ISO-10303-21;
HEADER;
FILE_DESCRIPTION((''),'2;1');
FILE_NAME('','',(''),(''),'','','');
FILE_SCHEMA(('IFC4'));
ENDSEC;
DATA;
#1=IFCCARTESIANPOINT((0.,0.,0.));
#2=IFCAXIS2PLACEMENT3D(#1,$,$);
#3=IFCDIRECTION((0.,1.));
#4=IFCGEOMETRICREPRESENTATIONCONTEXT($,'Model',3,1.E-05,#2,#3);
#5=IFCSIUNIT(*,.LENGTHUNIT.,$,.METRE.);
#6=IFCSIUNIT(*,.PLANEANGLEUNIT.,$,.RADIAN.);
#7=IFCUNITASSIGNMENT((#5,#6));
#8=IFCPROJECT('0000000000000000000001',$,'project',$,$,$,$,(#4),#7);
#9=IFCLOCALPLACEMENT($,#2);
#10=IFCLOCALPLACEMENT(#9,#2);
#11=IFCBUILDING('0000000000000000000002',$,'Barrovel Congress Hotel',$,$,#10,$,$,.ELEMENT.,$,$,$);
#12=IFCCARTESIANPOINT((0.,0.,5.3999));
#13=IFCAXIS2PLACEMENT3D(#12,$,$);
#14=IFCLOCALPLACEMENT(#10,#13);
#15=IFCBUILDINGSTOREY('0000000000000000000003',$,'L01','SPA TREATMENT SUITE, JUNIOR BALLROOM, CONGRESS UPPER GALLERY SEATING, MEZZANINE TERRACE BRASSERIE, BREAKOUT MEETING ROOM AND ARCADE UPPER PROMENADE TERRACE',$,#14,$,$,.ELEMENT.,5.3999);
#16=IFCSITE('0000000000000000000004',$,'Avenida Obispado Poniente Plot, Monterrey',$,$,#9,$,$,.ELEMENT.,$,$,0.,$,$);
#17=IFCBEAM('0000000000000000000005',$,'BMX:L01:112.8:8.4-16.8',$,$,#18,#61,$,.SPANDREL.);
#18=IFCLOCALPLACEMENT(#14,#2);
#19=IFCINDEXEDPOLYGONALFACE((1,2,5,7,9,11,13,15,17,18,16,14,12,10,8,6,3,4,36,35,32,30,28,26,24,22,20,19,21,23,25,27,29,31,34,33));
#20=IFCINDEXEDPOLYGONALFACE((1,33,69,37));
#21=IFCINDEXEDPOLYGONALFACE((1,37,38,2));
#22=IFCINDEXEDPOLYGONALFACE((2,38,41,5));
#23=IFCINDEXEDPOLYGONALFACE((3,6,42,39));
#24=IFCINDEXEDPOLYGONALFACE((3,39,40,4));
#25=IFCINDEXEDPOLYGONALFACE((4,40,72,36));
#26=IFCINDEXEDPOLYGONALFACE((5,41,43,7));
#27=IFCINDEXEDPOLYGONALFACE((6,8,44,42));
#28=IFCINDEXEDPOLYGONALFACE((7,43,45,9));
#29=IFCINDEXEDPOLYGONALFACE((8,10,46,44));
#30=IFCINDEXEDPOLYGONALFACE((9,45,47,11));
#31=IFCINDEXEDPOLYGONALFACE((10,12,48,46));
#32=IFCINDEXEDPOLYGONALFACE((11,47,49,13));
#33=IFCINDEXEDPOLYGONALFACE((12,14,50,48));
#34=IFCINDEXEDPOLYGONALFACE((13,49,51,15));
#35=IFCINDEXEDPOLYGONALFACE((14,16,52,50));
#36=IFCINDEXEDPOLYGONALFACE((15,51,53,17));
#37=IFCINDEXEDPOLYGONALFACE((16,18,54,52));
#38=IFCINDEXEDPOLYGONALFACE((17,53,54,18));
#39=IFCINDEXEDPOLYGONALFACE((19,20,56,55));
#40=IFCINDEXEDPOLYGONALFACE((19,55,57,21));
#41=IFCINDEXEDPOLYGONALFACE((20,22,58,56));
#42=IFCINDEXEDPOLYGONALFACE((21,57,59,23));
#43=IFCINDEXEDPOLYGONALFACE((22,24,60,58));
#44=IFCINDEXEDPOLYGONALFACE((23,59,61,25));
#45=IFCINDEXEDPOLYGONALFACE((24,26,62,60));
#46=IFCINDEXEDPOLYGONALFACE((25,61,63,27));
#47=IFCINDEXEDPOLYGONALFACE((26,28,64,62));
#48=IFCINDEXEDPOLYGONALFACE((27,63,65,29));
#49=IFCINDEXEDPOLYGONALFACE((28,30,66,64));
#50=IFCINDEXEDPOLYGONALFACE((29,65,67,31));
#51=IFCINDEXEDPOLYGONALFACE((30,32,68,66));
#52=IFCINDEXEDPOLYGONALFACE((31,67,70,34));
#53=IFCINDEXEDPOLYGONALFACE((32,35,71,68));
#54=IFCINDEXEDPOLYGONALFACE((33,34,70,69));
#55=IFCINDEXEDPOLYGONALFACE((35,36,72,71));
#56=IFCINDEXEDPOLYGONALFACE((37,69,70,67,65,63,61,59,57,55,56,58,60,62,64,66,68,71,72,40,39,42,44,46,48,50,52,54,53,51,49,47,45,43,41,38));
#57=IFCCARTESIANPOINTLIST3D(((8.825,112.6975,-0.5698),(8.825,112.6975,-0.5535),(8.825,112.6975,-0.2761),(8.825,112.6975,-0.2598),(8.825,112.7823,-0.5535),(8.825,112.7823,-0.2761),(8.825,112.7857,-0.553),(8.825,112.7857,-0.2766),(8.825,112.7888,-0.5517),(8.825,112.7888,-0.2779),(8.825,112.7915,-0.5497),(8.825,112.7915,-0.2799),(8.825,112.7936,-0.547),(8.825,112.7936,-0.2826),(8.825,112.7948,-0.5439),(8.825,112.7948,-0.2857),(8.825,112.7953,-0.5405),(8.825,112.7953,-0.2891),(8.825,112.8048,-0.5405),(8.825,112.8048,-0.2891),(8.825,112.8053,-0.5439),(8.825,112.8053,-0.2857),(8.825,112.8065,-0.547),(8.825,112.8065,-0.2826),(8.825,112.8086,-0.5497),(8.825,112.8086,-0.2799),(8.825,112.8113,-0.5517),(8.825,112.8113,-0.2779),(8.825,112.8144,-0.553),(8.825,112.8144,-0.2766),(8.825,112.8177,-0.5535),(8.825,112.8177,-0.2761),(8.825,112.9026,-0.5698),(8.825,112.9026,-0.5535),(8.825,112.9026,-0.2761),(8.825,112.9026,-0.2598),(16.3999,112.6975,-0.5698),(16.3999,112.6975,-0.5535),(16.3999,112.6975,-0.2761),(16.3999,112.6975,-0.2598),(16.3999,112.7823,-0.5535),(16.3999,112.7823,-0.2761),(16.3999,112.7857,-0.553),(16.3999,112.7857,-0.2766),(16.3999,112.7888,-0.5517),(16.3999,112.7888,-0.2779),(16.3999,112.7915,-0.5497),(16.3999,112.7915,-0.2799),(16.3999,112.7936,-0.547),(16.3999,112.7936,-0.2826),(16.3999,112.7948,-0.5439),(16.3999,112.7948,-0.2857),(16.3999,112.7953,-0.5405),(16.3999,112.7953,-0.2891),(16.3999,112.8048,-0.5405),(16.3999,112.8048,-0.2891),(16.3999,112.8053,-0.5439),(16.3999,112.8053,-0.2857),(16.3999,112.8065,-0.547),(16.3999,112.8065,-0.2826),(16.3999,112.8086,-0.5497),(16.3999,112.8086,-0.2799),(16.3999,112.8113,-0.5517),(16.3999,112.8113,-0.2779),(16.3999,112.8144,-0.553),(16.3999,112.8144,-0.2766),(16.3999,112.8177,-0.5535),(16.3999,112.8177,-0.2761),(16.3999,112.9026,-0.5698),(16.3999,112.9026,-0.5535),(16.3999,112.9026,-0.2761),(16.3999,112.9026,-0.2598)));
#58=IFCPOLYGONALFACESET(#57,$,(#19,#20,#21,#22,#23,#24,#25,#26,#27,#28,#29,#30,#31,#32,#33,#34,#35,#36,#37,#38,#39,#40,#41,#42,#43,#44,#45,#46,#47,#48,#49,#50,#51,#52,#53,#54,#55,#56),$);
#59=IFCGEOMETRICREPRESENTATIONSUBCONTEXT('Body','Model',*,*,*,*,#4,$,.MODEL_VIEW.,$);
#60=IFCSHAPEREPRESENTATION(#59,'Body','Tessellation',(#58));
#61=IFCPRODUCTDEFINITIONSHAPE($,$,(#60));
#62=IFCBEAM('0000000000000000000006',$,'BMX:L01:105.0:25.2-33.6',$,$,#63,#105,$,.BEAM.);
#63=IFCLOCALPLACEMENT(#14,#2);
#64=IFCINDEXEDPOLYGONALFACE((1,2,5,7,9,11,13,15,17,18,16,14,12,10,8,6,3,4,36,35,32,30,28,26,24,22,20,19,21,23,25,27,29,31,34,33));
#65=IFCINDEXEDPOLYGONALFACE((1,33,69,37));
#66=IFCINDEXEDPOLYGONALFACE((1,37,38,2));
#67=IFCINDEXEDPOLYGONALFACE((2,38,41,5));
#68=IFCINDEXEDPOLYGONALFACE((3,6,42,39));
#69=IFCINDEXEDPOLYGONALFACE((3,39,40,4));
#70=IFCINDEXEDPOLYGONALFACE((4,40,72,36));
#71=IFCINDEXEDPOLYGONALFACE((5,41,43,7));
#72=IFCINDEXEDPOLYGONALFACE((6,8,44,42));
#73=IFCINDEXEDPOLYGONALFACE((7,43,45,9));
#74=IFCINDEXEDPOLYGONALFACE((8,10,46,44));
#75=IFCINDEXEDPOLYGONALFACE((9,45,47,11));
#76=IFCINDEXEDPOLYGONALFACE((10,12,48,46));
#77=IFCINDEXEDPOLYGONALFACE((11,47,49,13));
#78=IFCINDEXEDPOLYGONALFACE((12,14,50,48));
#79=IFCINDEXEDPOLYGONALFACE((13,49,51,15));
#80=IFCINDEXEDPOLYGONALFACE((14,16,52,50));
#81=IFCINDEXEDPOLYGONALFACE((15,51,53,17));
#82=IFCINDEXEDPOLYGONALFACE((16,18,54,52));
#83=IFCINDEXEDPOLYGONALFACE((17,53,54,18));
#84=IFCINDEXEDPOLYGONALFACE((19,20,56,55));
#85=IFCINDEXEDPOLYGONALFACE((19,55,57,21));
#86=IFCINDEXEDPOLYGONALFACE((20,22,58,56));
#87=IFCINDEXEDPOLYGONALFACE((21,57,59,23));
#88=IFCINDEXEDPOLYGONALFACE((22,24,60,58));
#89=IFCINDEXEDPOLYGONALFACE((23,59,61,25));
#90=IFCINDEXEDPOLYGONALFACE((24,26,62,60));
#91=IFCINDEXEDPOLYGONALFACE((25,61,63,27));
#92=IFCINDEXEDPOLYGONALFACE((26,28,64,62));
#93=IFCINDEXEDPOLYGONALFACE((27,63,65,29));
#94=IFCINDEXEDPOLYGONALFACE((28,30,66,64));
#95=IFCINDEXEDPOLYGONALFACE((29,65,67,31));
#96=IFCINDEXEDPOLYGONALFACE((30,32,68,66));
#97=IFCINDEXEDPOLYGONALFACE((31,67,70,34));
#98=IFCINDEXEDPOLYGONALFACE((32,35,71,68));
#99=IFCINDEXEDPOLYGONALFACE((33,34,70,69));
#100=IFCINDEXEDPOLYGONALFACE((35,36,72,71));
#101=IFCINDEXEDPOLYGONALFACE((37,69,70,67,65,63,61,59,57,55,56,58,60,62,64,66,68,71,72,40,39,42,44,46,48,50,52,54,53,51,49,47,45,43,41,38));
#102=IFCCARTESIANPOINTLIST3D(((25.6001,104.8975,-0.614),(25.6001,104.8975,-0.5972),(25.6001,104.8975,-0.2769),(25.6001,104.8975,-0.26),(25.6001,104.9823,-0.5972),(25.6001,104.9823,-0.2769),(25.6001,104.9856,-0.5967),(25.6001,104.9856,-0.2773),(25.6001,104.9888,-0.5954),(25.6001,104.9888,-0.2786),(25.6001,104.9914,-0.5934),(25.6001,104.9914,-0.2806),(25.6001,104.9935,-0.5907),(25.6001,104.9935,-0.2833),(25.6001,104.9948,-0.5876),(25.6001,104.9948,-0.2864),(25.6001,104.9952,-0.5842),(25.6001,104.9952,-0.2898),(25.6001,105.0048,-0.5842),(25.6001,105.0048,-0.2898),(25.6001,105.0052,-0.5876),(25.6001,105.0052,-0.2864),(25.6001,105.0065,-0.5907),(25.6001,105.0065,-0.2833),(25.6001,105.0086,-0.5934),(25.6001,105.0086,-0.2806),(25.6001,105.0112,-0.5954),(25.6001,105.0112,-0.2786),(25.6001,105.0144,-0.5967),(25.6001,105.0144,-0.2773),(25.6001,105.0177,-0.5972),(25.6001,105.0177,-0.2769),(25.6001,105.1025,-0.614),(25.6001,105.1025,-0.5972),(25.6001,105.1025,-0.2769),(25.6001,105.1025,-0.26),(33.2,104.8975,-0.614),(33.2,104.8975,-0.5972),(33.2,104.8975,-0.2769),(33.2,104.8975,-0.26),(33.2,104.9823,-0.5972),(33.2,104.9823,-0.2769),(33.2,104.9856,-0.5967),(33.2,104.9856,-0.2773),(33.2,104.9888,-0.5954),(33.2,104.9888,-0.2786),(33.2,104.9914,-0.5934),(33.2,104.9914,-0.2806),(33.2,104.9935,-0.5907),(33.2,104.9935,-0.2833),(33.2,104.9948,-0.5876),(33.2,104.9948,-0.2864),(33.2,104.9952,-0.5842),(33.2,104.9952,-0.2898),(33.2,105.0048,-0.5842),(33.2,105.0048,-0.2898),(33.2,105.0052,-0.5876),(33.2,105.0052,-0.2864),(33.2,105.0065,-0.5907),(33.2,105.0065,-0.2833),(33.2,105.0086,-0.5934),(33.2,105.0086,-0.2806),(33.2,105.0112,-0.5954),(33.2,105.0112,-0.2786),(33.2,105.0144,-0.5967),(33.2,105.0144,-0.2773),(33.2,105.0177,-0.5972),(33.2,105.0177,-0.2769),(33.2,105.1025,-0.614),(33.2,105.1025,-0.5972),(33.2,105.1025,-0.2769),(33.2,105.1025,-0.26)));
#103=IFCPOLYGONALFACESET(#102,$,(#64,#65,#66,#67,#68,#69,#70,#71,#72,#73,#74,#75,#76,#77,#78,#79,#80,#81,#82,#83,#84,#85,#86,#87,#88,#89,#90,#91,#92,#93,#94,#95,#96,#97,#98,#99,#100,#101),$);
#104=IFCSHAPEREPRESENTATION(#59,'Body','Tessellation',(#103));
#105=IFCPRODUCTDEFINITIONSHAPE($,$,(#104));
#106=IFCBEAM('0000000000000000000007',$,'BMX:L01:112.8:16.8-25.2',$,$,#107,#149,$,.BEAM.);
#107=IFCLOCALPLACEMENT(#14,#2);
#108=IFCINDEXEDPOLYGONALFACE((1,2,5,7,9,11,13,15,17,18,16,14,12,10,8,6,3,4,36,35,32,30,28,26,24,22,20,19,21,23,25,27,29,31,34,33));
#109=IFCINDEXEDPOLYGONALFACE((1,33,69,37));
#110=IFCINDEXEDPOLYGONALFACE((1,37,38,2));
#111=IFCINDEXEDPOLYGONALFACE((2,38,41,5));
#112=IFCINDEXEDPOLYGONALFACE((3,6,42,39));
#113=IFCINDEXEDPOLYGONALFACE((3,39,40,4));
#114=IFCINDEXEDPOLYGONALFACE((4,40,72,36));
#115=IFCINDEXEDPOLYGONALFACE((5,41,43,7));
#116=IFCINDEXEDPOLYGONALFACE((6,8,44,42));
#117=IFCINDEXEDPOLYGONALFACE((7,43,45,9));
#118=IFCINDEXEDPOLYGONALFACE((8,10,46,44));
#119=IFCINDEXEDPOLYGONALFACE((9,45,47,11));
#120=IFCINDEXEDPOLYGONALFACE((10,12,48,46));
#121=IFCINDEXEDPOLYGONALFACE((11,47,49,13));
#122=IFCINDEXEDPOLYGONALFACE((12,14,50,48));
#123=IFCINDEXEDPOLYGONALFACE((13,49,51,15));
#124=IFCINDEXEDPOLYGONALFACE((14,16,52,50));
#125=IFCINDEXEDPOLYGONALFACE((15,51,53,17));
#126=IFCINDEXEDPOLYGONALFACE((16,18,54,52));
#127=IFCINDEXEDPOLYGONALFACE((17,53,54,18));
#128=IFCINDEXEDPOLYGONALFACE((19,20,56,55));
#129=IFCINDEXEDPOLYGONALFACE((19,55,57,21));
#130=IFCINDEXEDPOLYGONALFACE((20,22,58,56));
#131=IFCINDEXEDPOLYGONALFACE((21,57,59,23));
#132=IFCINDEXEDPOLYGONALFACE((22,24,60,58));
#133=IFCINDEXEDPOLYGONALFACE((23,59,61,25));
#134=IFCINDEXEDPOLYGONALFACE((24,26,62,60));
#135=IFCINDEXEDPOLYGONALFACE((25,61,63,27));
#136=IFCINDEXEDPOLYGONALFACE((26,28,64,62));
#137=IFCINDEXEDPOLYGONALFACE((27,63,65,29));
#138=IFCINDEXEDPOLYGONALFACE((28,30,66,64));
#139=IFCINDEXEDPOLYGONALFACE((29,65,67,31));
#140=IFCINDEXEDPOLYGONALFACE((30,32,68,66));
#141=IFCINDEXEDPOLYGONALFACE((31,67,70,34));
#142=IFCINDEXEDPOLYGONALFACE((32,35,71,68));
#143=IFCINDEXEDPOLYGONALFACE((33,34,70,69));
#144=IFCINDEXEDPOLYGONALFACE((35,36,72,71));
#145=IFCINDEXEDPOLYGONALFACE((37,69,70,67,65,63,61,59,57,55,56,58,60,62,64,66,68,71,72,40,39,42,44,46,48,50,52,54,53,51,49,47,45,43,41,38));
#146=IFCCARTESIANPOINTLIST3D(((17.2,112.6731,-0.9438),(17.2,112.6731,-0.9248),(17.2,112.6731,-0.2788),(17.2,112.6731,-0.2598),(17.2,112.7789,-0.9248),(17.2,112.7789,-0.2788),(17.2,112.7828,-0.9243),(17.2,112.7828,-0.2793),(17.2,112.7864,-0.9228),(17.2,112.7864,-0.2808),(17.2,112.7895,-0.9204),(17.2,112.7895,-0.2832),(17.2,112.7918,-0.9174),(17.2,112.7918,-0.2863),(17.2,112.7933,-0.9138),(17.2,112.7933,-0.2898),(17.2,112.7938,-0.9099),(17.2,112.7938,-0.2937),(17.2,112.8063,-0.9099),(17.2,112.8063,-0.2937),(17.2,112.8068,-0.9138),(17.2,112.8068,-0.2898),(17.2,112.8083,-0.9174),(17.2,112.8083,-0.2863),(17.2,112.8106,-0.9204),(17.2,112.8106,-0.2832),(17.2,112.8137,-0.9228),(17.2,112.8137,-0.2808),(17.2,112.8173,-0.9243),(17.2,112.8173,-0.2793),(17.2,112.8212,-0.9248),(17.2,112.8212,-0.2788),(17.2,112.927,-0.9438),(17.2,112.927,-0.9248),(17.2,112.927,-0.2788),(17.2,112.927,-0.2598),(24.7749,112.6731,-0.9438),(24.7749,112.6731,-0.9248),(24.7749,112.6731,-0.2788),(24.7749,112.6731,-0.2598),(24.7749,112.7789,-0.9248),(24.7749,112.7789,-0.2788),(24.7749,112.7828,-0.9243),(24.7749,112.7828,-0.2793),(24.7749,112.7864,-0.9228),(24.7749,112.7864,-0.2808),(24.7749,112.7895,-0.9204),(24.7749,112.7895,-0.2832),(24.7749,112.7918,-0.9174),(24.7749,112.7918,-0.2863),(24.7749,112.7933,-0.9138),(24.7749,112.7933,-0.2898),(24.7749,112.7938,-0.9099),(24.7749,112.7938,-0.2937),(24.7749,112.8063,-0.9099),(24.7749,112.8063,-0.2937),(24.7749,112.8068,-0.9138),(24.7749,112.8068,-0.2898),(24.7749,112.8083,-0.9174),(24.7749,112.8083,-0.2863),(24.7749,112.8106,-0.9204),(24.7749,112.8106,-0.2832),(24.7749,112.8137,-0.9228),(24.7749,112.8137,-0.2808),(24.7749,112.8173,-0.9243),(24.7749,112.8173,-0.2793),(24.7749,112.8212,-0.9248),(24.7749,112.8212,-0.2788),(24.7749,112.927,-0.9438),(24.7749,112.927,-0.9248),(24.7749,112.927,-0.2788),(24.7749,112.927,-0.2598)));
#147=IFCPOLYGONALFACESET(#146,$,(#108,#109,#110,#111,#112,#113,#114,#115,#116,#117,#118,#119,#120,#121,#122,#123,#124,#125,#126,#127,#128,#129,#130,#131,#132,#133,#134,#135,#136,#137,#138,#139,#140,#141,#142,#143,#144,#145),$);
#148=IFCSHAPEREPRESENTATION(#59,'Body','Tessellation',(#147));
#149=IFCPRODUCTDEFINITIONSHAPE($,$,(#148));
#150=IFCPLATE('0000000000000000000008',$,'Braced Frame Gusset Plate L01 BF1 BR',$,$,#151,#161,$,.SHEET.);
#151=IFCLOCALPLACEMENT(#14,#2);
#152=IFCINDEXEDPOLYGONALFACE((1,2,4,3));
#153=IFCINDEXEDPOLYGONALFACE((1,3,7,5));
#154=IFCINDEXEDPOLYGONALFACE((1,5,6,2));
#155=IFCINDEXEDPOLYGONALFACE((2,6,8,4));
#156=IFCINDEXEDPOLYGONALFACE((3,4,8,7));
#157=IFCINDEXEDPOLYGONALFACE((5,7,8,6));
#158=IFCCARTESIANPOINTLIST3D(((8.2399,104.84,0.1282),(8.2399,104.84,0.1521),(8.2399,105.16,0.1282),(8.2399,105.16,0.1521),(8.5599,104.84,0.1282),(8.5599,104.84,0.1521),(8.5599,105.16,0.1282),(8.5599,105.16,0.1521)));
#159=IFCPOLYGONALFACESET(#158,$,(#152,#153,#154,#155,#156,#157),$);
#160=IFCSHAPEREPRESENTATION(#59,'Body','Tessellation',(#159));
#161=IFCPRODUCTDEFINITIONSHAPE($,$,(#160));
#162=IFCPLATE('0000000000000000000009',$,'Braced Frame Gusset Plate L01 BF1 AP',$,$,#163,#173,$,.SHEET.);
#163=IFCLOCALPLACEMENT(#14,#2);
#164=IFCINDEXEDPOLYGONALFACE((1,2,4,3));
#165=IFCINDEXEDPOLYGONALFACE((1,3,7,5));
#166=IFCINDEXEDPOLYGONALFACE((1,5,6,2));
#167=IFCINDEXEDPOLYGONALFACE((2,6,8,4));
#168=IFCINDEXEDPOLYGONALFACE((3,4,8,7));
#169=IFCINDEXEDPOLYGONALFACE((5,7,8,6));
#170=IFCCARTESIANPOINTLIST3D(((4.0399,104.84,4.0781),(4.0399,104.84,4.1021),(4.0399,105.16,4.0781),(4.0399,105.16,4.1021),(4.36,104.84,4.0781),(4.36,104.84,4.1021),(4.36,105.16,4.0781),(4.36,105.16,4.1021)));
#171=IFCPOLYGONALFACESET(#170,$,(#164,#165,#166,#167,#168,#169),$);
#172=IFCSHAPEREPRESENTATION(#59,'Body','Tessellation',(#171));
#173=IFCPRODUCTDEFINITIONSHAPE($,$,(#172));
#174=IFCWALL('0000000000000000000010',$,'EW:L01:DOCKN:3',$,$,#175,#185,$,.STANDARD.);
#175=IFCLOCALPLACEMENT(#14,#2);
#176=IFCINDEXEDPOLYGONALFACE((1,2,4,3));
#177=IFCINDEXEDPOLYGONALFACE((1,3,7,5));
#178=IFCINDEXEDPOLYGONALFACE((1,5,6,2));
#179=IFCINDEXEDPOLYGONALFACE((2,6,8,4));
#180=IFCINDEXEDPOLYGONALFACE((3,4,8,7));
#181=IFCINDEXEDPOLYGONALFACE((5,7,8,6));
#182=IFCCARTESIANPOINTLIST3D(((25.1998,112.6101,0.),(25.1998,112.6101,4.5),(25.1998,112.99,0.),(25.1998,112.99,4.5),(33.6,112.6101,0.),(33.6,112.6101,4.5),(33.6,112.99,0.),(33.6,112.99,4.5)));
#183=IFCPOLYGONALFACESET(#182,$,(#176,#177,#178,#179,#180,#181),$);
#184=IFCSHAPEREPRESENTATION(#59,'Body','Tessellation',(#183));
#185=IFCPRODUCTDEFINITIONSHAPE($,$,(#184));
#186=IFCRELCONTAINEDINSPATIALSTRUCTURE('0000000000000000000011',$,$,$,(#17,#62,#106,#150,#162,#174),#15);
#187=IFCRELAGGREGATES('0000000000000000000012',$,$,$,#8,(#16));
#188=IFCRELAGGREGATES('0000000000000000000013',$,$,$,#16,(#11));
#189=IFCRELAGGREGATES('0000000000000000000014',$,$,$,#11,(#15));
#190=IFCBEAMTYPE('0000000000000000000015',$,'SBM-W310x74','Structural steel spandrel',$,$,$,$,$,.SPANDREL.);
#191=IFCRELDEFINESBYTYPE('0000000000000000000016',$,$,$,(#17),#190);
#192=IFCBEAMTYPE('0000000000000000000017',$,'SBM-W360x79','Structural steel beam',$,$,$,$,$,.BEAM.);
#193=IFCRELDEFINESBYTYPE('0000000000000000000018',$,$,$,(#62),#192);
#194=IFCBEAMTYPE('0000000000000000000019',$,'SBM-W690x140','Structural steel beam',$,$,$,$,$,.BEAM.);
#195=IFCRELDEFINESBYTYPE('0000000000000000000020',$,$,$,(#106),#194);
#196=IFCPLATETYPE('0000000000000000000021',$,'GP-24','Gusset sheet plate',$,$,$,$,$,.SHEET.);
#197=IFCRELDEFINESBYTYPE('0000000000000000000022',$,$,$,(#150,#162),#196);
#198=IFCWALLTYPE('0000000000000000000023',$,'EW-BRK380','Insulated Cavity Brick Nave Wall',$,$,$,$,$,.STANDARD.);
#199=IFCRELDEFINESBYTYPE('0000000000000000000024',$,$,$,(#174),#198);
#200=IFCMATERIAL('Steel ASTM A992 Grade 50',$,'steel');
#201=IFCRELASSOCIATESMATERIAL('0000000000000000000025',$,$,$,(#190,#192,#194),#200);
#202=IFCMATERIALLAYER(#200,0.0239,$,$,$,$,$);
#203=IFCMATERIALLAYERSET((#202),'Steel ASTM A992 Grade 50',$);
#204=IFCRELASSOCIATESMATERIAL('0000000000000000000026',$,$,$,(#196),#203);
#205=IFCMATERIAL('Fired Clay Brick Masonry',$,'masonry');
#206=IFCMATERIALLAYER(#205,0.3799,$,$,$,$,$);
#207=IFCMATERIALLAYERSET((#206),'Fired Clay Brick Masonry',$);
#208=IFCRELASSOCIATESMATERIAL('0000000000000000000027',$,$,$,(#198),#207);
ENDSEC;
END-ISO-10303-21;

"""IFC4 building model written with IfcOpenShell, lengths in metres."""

from ifc_helpers import new_model, si_unit, direction, frame, frame_2d, origin, origin_2d, place, context, subcontext, project, spatial, rectangle, i_section, extrude, material, layer, layer_set, material_profile, profile_set, type_object, element, save


model = new_model("IFC4")

# Units and contexts
model_context = context("Model", 3, precision=1e-05, world=origin(), true_north=direction((0.0, 1.0)))
body_context = subcontext(model_context, "Body", "Model", "MODEL_VIEW")
ifc_project = project(units=[si_unit("LENGTHUNIT", "METRE"), si_unit("PLANEANGLEUNIT", "RADIAN")], contexts=[model_context])

# Site, building, storey
site_placement = place(None, origin())
site = spatial("IfcSite", under=ifc_project, at=site_placement, Name="Avenida Obispado Poniente Plot, Monterrey", CompositionType="ELEMENT", RefElevation=0.0)
building_placement = place(site_placement, origin())
building = spatial("IfcBuilding", under=site, at=building_placement, Name="Barrovel Congress Hotel", CompositionType="ELEMENT")
storey_placement = place(building_placement, frame((0.0, 0.0, 5.3999)))
storey = spatial("IfcBuildingStorey", under=building, at=storey_placement, Name="L01", Description="SPA TREATMENT SUITE, JUNIOR BALLROOM, CONGRESS UPPER GALLERY SEATING, MEZZANINE TERRACE BRASSERIE, BREAKOUT MEETING ROOM AND ARCADE UPPER PROMENADE TERRACE", CompositionType="ELEMENT", Elevation=5.3999)

# Beams
ifc_material_1 = material(Name="Steel ASTM A992 Grade 50", Category="steel")
ifc_material_profile_1 = material_profile(ifc_material_1, i_section(OverallWidth=0.2051, OverallDepth=0.3101, WebThickness=0.0095, FlangeThickness=0.0164, FilletRadius=0.0129, at=origin_2d()), Name="W310x74")
ifc_profile_set_1 = profile_set([ifc_material_profile_1], Name="Steel ASTM A992 Grade 50")
beam_type_1 = type_object("IfcBeamType", Name="SBM-W310x74", Description="Structural steel spandrel", PredefinedType="SPANDREL", material=ifc_profile_set_1)
beam_1_placement = place(storey_placement, frame((8.825, 112.8, -0.4148), z_axis=(1.0, 0.0, 0.0), x_axis=(0.0, 1.0, 0.0)))
element("IfcBeam", 1, at=beam_1_placement, inside=storey, type_object=beam_type_1, Name="BMX:L01:112.8:8.4-16.8", PredefinedType="SPANDREL", context=body_context, shape_type="SweptSolid", body=[
    extrude(i_section(OverallWidth=0.2051, OverallDepth=0.3101, WebThickness=0.0095, FlangeThickness=0.0164, FilletRadius=0.0129, at=origin_2d()), origin(), (0.0, 0.0, 1.0), 7.575),
])
ifc_material_profile_2 = material_profile(ifc_material_1, i_section(OverallWidth=0.2051, OverallDepth=0.354, WebThickness=0.0095, FlangeThickness=0.0168, FilletRadius=0.0129, at=origin_2d()), Name="W360x79")
ifc_profile_set_2 = profile_set([ifc_material_profile_2], Name="Steel ASTM A992 Grade 50")
beam_type_2 = type_object("IfcBeamType", Name="SBM-W360x79", Description="Structural steel beam", PredefinedType="BEAM", material=ifc_profile_set_2)
beam_2_placement = place(storey_placement, frame((25.6001, 105.0, -0.437), z_axis=(1.0, 0.0, 0.0), x_axis=(0.0, 1.0, 0.0)))
element("IfcBeam", 2, at=beam_2_placement, inside=storey, type_object=beam_type_2, Name="BMX:L01:105.0:25.2-33.6", PredefinedType="BEAM", context=body_context, shape_type="SweptSolid", body=[
    extrude(i_section(OverallWidth=0.2051, OverallDepth=0.354, WebThickness=0.0095, FlangeThickness=0.0168, FilletRadius=0.0129, at=origin_2d()), origin(), (0.0, 0.0, 1.0), 7.5999),
])
ifc_material_profile_3 = material_profile(ifc_material_1, i_section(OverallWidth=0.2539, OverallDepth=0.6841, WebThickness=0.0125, FlangeThickness=0.019, FilletRadius=0.0149, at=origin_2d()), Name="W690x140")
ifc_profile_set_3 = profile_set([ifc_material_profile_3], Name="Steel ASTM A992 Grade 50")
beam_type_3 = type_object("IfcBeamType", Name="SBM-W690x140", Description="Structural steel beam", PredefinedType="BEAM", material=ifc_profile_set_3)
beam_3_placement = place(storey_placement, frame((17.2, 112.8, -0.6018), z_axis=(1.0, 0.0, 0.0), x_axis=(0.0, 1.0, 0.0)))
element("IfcBeam", 3, at=beam_3_placement, inside=storey, type_object=beam_type_3, Name="BMX:L01:112.8:16.8-25.2", PredefinedType="BEAM", context=body_context, shape_type="SweptSolid", body=[
    extrude(i_section(OverallWidth=0.2539, OverallDepth=0.6841, WebThickness=0.0125, FlangeThickness=0.019, FilletRadius=0.0149, at=origin_2d()), origin(), (0.0, 0.0, 1.0), 7.575),
])

# Plates
ifc_layer_1 = layer(ifc_material_1, 0.0239)
ifc_layer_set_1 = layer_set([ifc_layer_1], Name="Steel ASTM A992 Grade 50")
plate_type = type_object("IfcPlateType", Name="GP-24", Description="Gusset sheet plate", PredefinedType="SHEET", material=ifc_layer_set_1)
for number, where, z_axis, x_axis, name in (
    (4, (8.3999, 105.0, 0.1282), (0.0, 0.0, 1.0), (1.0, 0.0, 0.0), "Braced Frame Gusset Plate L01 BF1 BR"),
    (5, (4.2, 105.0, 4.0781), (0.0, 0.0, 1.0), (1.0, 0.0, 0.0), "Braced Frame Gusset Plate L01 BF1 AP"),
):
    element("IfcPlate", number, at=place(storey_placement, frame(where, z_axis=z_axis, x_axis=x_axis)), inside=storey, type_object=plate_type, Name=name, PredefinedType="SHEET", context=body_context, shape_type="SweptSolid", body=[
        extrude(rectangle(XDim=0.3201, YDim=0.3201, at=origin_2d()), origin(), (0.0, 0.0, 1.0), 0.0239),
    ])

# Wall
ifc_material_2 = material(Name="Fired Clay Brick Masonry", Category="masonry")
ifc_layer_2 = layer(ifc_material_2, 0.3799)
ifc_layer_set_2 = layer_set([ifc_layer_2], Name="Fired Clay Brick Masonry")
wall_type = type_object("IfcWallType", Name="EW-BRK380", Description="Insulated Cavity Brick Nave Wall", PredefinedType="STANDARD", material=ifc_layer_set_2)
wall_1_placement = place(storey_placement, frame((33.6001, 112.8, 0.0), z_axis=(0.0, 0.0, 1.0), x_axis=(-1.0, 0.0, 0.0)))
element("IfcWall", 6, at=wall_1_placement, inside=storey, type_object=wall_type, Name="EW:L01:DOCKN:3", PredefinedType="STANDARD", context=body_context, shape_type="SweptSolid", body=[
    extrude(rectangle(XDim=8.4001, YDim=0.3799, at=frame_2d((4.2002, 0.0))), origin(), (0.0, 0.0, 1.0), 4.5),
])

save(model, "model.ifc")
